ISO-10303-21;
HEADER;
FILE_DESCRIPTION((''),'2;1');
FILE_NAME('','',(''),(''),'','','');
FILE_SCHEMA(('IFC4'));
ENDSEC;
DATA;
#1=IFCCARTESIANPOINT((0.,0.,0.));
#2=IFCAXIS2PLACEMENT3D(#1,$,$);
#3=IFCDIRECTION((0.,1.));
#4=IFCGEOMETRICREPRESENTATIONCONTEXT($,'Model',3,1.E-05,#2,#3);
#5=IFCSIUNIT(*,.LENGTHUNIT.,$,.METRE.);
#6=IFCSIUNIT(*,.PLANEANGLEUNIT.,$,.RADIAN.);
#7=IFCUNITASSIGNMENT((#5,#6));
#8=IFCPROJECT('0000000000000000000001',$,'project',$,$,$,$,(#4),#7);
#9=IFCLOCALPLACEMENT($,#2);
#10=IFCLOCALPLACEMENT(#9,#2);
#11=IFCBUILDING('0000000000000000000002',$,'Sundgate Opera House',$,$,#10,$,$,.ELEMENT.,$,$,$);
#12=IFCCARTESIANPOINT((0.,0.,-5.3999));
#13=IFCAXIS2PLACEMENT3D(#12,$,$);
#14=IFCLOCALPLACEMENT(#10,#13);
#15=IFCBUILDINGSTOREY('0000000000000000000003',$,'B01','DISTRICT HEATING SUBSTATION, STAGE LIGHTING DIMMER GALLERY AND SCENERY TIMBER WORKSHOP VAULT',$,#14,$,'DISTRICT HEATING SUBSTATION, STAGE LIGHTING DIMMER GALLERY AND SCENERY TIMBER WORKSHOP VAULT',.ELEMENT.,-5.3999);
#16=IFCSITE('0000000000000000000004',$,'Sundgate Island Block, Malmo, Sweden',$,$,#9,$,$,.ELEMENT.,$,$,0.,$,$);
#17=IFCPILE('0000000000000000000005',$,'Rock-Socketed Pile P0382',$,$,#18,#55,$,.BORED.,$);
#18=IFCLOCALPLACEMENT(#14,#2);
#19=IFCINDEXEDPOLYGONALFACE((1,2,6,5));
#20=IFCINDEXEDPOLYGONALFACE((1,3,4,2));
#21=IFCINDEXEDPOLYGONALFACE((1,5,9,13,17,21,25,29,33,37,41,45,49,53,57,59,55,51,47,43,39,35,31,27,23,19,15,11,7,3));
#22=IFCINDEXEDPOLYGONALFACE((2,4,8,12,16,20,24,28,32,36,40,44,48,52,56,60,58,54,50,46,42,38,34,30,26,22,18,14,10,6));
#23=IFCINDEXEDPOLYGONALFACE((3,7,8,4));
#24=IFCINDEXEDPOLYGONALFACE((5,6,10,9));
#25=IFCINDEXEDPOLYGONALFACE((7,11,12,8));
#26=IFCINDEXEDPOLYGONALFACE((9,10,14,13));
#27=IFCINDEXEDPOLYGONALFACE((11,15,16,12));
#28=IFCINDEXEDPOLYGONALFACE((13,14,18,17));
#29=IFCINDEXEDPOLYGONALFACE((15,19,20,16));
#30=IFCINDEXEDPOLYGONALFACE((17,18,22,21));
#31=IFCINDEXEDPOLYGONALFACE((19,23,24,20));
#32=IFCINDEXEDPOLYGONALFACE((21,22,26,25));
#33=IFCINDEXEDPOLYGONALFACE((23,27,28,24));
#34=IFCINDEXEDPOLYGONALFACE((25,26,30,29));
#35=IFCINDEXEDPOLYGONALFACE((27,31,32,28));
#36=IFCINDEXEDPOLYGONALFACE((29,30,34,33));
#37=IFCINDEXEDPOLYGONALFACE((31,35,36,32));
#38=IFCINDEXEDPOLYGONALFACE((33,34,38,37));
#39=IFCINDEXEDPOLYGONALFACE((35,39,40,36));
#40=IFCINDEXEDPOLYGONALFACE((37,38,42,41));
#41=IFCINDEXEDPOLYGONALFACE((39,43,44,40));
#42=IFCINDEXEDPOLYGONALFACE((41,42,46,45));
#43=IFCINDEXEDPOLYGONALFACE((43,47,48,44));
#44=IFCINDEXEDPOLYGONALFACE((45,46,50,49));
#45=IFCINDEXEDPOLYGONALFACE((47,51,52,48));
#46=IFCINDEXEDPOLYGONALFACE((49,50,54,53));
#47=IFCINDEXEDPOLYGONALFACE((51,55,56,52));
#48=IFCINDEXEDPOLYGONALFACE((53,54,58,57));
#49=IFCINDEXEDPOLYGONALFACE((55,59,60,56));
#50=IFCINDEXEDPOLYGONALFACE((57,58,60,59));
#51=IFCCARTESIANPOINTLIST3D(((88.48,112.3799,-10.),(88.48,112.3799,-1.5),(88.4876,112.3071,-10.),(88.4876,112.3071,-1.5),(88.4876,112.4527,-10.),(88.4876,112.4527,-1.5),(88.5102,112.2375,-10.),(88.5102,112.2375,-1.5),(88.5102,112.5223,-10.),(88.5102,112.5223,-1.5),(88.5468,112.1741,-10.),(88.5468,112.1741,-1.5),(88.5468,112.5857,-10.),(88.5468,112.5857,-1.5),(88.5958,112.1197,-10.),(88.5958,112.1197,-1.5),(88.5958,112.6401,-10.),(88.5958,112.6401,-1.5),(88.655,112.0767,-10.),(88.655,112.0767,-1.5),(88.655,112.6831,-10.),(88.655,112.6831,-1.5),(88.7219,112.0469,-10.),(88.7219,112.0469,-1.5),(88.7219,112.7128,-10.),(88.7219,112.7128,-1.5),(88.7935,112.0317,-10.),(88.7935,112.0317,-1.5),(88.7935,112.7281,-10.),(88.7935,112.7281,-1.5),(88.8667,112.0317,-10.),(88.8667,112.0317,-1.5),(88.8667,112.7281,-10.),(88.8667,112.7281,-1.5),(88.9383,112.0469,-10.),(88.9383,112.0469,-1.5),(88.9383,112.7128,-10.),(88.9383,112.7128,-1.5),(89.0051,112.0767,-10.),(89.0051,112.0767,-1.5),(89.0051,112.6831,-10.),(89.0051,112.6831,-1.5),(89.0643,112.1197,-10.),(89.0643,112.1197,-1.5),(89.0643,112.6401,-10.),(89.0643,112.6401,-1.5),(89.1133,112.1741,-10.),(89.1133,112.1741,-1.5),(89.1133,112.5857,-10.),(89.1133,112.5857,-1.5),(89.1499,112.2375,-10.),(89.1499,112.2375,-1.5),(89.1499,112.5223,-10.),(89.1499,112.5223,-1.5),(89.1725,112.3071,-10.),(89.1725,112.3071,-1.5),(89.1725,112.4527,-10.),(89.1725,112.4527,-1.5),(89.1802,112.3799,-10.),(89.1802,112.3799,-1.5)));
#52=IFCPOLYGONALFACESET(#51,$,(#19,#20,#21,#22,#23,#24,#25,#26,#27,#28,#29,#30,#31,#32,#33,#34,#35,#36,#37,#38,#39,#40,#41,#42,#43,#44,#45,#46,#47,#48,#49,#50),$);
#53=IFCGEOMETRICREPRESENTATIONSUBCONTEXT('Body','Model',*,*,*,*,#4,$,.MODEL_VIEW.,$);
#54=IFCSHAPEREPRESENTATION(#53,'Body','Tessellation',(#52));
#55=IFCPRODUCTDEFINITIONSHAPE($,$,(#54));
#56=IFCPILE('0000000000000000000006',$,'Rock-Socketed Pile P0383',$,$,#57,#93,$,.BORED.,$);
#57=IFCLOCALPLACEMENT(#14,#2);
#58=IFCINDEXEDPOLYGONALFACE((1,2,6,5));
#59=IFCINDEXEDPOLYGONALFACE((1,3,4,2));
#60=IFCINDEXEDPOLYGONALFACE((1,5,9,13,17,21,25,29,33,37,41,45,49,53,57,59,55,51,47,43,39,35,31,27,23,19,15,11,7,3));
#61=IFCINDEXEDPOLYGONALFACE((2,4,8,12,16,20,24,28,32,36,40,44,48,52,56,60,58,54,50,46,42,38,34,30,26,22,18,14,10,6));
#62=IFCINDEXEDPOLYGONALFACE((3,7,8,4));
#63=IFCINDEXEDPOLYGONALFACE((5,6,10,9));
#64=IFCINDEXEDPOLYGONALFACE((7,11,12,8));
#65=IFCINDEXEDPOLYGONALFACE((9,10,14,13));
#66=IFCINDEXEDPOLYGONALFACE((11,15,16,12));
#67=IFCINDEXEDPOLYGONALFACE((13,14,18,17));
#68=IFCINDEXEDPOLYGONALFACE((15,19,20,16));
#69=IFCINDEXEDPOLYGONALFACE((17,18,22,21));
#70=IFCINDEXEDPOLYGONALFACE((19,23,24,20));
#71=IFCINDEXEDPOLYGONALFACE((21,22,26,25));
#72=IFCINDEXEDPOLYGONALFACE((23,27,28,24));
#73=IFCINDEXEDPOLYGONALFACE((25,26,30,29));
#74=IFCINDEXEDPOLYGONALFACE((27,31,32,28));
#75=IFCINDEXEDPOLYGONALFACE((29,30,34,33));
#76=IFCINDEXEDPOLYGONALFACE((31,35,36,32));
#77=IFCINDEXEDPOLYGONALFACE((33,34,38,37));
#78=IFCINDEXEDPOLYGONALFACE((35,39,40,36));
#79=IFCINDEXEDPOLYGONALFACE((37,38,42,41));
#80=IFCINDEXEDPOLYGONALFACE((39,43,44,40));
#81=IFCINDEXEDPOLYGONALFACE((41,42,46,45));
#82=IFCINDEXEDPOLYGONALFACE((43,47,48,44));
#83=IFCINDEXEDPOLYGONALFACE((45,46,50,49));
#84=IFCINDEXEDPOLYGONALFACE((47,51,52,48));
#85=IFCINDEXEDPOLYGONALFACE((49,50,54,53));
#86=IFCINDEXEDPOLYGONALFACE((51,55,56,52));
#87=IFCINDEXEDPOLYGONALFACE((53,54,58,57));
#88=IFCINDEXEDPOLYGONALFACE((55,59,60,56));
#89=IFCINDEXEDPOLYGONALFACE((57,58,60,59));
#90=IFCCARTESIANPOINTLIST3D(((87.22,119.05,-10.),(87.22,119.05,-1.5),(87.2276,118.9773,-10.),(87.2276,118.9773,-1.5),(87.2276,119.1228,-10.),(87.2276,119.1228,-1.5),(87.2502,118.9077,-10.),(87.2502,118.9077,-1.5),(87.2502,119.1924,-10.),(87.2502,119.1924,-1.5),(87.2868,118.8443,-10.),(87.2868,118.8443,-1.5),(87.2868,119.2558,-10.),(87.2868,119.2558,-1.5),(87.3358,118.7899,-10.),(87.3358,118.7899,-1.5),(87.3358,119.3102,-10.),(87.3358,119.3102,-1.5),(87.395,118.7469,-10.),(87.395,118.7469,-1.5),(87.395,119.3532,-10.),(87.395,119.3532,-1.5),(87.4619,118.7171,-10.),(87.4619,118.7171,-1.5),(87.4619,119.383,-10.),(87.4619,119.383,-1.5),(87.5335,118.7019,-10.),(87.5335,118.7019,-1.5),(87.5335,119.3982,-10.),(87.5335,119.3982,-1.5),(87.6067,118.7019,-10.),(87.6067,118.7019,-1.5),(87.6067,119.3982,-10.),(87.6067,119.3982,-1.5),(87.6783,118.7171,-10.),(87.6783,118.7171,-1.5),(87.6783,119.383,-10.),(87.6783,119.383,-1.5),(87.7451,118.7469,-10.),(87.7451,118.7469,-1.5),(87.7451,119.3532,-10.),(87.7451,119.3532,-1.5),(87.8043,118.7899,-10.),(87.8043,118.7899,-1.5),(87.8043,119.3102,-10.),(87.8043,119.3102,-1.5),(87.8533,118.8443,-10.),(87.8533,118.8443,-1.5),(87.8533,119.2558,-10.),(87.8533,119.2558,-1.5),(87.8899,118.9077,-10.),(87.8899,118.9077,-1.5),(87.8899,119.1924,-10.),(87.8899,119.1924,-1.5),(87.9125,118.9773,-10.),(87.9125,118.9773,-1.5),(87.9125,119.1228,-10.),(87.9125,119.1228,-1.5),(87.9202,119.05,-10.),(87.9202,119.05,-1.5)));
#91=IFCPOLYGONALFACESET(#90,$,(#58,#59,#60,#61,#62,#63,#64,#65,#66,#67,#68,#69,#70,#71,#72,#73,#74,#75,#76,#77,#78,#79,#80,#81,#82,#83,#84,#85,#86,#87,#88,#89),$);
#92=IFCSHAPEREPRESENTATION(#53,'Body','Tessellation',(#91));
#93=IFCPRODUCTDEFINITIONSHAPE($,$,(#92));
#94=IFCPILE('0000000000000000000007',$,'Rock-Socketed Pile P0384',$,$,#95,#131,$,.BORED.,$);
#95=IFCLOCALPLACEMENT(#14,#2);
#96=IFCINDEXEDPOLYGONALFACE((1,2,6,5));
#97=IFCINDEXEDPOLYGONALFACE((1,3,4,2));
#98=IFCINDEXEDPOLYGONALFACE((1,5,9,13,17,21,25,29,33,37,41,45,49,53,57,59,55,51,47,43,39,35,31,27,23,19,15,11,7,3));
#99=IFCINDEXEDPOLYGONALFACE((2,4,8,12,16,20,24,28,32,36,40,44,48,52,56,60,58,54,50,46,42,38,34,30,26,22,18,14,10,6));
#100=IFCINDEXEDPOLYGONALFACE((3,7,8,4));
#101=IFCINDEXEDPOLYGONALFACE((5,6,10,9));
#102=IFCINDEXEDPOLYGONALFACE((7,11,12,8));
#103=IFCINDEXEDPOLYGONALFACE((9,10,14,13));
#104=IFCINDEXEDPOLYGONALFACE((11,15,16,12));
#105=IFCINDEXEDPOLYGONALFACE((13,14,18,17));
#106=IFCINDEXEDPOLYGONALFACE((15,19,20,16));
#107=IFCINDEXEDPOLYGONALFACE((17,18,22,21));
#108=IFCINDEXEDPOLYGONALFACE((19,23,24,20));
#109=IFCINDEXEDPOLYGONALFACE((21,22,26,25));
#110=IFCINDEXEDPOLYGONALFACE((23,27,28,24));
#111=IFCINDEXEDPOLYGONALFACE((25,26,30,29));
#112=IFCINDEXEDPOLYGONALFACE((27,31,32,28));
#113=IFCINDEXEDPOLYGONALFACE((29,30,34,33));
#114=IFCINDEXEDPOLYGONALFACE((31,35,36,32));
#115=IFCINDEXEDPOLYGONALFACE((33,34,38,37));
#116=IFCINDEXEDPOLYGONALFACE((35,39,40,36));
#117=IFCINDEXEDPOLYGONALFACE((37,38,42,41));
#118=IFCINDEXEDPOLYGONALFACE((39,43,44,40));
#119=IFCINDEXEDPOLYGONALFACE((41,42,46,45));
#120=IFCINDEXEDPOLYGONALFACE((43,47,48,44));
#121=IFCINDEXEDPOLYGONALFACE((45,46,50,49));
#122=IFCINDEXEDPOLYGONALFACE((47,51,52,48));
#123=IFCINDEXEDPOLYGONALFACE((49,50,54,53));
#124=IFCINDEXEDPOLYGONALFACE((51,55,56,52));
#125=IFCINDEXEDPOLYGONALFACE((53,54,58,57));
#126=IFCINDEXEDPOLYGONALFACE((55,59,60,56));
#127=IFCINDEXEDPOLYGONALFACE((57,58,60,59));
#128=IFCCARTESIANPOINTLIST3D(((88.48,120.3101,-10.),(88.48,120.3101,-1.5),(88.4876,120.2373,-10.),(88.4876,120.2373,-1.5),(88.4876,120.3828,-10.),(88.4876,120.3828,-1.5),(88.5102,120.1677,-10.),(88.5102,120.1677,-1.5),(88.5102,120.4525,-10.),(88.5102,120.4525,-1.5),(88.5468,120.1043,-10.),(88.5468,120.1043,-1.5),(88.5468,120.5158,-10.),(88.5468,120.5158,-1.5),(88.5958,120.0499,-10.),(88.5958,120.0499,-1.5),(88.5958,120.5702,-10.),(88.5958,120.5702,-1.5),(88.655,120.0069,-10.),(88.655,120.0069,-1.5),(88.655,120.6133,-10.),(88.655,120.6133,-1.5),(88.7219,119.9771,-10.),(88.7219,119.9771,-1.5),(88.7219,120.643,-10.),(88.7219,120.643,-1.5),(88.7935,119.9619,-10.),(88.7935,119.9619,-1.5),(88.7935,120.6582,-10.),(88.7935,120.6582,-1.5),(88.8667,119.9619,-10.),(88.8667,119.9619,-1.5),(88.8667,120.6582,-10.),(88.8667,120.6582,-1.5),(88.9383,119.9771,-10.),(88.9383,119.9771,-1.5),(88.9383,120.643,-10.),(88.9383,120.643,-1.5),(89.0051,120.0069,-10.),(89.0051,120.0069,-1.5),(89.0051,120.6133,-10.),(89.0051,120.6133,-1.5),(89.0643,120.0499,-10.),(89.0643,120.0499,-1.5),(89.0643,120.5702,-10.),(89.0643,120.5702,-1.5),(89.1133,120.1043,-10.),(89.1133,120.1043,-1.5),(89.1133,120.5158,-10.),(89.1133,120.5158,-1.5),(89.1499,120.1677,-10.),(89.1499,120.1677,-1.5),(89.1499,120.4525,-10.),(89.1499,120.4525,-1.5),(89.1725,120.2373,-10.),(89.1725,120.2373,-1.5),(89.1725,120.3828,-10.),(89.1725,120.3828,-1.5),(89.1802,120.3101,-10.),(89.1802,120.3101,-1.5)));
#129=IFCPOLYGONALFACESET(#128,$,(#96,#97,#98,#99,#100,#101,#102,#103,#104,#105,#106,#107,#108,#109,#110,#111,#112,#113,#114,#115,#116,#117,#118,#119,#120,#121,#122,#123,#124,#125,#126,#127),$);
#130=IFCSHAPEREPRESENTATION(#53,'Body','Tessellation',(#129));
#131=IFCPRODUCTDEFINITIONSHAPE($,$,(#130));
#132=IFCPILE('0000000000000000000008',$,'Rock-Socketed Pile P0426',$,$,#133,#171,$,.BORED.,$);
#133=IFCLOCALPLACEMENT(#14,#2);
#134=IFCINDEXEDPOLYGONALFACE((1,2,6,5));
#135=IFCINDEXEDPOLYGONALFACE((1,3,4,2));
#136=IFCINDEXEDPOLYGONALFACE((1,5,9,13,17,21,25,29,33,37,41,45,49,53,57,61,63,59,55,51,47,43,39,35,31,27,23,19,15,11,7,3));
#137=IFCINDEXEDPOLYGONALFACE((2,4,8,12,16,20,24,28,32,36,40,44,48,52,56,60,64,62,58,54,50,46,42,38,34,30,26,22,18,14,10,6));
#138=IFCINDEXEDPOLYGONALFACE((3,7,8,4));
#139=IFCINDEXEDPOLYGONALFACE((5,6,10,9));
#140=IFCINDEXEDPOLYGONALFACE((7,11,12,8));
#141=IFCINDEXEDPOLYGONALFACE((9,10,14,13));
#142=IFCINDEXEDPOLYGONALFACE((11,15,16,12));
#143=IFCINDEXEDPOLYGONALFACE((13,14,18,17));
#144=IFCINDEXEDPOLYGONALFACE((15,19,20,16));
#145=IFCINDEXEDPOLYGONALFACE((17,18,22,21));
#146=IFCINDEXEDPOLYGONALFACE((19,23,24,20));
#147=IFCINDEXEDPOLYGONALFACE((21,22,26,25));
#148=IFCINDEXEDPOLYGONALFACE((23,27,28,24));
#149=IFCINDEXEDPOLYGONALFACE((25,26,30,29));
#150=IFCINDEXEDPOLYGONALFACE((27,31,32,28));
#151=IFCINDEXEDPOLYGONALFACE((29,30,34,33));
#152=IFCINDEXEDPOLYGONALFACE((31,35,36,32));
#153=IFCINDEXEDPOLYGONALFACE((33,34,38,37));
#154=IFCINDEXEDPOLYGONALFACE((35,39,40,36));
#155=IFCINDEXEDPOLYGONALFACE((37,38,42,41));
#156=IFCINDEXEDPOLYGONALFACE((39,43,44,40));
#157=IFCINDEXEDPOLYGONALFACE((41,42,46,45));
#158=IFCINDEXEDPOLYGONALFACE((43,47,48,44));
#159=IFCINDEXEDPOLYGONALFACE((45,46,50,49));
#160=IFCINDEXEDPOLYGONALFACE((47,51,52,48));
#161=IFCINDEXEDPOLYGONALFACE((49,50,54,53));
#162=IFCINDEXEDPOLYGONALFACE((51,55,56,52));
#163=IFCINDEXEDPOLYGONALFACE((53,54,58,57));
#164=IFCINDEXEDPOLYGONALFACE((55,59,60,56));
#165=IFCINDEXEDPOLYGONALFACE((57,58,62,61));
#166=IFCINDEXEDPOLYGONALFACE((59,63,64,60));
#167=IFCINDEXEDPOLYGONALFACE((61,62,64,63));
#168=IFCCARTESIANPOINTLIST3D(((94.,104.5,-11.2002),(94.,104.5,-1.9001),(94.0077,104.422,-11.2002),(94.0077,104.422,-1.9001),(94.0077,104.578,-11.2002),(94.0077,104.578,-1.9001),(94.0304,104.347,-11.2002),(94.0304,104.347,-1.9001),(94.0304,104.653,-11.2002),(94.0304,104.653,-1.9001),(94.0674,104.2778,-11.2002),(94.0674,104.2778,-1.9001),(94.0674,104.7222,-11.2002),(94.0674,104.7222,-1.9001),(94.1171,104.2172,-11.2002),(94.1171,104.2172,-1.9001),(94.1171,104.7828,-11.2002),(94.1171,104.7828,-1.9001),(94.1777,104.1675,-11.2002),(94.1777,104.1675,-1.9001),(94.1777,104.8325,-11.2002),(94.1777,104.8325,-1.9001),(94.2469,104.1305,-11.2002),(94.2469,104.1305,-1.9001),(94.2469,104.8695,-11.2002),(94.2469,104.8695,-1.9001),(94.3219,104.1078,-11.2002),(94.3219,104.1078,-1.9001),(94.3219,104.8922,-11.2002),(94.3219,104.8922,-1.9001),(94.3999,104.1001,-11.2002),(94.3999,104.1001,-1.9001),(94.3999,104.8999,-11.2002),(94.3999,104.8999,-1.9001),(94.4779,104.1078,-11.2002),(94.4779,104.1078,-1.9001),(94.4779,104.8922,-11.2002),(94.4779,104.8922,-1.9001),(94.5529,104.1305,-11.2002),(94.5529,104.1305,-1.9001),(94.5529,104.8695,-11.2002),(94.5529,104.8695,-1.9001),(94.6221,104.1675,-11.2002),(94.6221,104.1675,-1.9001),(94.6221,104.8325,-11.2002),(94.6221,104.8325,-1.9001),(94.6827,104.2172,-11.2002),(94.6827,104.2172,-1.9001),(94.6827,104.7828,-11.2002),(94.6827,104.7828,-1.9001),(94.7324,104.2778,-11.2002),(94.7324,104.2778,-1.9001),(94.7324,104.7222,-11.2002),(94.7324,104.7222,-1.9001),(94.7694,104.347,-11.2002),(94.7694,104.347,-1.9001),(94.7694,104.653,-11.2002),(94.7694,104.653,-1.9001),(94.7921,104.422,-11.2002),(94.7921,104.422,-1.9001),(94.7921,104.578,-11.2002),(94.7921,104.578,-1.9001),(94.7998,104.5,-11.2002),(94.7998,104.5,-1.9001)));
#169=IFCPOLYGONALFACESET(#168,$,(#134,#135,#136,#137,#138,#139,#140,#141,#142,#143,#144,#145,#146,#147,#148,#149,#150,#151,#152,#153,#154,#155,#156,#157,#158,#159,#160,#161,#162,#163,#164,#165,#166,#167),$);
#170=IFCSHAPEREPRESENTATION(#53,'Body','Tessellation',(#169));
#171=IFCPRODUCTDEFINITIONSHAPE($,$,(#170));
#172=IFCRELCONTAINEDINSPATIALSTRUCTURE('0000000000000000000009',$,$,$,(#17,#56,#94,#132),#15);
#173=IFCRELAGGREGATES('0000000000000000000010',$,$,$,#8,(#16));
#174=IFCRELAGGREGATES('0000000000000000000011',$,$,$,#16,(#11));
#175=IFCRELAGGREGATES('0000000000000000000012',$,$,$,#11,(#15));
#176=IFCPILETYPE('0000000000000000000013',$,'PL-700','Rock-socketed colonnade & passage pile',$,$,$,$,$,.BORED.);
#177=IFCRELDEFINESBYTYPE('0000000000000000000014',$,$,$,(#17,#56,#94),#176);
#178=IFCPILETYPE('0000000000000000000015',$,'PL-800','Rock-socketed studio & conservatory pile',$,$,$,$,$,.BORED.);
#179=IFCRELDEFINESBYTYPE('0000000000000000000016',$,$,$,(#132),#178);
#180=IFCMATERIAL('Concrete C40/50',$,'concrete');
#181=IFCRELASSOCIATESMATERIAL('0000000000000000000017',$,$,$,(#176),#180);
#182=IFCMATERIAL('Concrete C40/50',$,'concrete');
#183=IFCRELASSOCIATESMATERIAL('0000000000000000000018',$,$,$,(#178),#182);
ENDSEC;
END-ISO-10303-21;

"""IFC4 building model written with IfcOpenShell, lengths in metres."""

from ifc_helpers import new_model, si_unit, direction, frame, origin, origin_2d, place, context, subcontext, project, spatial, circle, extrude, material, material_profile, profile_set, type_object, element, save


model = new_model("IFC4")

# Units and contexts
model_context = context("Model", 3, precision=1e-05, world=origin(), true_north=direction((0.0, 1.0)))
body_context = subcontext(model_context, "Body", "Model", "MODEL_VIEW")
ifc_project = project(units=[si_unit("LENGTHUNIT", "METRE"), si_unit("PLANEANGLEUNIT", "RADIAN")], contexts=[model_context])

# Site, building, storey
site_placement = place(None, origin())
site = spatial("IfcSite", under=ifc_project, at=site_placement, Name="Sundgate Island Block, Malmo, Sweden", CompositionType="ELEMENT", RefElevation=0.0)
building_placement = place(site_placement, origin())
building = spatial("IfcBuilding", under=site, at=building_placement, Name="Sundgate Opera House", CompositionType="ELEMENT")
storey_placement = place(building_placement, frame((0.0, 0.0, -5.3999)))
storey = spatial("IfcBuildingStorey", under=building, at=storey_placement, Name="B01", Description="DISTRICT HEATING SUBSTATION, STAGE LIGHTING DIMMER GALLERY AND SCENERY TIMBER WORKSHOP VAULT", LongName="DISTRICT HEATING SUBSTATION, STAGE LIGHTING DIMMER GALLERY AND SCENERY TIMBER WORKSHOP VAULT", CompositionType="ELEMENT", Elevation=-5.3999)

# Piles
ifc_material_1 = material(Name="Concrete C40/50", Category="concrete")
ifc_material_profile_1 = material_profile(ifc_material_1, circle(Radius=0.3501, at=origin_2d()), Name="PILE D700")
ifc_profile_set_1 = profile_set([ifc_material_profile_1], Name="Concrete C40/50")
pile_type_1 = type_object("IfcPileType", Name="PL-700", Description="Rock-socketed colonnade & passage pile", PredefinedType="BORED", material=ifc_profile_set_1)
for number, where, z_axis, x_axis, name in (
    (1, (88.8301, 112.3799, -1.5), (0.0, 0.0, -1.0), (1.0, 0.0, 0.0), "Rock-Socketed Pile P0382"),
    (2, (87.5701, 119.05, -1.5), (0.0, 0.0, -1.0), (1.0, 0.0, 0.0), "Rock-Socketed Pile P0383"),
    (3, (88.8301, 120.3101, -1.5), (0.0, 0.0, -1.0), (1.0, 0.0, 0.0), "Rock-Socketed Pile P0384"),
):
    element("IfcPile", number, at=place(storey_placement, frame(where, z_axis=z_axis, x_axis=x_axis)), inside=storey, type_object=pile_type_1, Name=name, PredefinedType="BORED", context=body_context, shape_type="SweptSolid", body=[
        extrude(circle(Radius=0.3501, at=origin_2d()), origin(), (0.0, 0.0, 1.0), 8.5),
    ])
ifc_material_2 = material(Name="Concrete C40/50", Category="concrete")
ifc_material_profile_2 = material_profile(ifc_material_2, circle(Radius=0.3999, at=origin_2d()), Name="PILE D800")
ifc_profile_set_2 = profile_set([ifc_material_profile_2], Name="Concrete C40/50")
pile_type_2 = type_object("IfcPileType", Name="PL-800", Description="Rock-socketed studio & conservatory pile", PredefinedType="BORED", material=ifc_profile_set_2)
pile_placement = place(storey_placement, frame((94.3999, 104.5, -1.9001), z_axis=(0.0, 0.0, -1.0), x_axis=(1.0, 0.0, 0.0)))
element("IfcPile", 4, at=pile_placement, inside=storey, type_object=pile_type_2, Name="Rock-Socketed Pile P0426", PredefinedType="BORED", context=body_context, shape_type="SweptSolid", body=[
    extrude(circle(Radius=0.3999, at=origin_2d()), origin(), (0.0, 0.0, 1.0), 9.3),
])

save(model, "model.ifc")
